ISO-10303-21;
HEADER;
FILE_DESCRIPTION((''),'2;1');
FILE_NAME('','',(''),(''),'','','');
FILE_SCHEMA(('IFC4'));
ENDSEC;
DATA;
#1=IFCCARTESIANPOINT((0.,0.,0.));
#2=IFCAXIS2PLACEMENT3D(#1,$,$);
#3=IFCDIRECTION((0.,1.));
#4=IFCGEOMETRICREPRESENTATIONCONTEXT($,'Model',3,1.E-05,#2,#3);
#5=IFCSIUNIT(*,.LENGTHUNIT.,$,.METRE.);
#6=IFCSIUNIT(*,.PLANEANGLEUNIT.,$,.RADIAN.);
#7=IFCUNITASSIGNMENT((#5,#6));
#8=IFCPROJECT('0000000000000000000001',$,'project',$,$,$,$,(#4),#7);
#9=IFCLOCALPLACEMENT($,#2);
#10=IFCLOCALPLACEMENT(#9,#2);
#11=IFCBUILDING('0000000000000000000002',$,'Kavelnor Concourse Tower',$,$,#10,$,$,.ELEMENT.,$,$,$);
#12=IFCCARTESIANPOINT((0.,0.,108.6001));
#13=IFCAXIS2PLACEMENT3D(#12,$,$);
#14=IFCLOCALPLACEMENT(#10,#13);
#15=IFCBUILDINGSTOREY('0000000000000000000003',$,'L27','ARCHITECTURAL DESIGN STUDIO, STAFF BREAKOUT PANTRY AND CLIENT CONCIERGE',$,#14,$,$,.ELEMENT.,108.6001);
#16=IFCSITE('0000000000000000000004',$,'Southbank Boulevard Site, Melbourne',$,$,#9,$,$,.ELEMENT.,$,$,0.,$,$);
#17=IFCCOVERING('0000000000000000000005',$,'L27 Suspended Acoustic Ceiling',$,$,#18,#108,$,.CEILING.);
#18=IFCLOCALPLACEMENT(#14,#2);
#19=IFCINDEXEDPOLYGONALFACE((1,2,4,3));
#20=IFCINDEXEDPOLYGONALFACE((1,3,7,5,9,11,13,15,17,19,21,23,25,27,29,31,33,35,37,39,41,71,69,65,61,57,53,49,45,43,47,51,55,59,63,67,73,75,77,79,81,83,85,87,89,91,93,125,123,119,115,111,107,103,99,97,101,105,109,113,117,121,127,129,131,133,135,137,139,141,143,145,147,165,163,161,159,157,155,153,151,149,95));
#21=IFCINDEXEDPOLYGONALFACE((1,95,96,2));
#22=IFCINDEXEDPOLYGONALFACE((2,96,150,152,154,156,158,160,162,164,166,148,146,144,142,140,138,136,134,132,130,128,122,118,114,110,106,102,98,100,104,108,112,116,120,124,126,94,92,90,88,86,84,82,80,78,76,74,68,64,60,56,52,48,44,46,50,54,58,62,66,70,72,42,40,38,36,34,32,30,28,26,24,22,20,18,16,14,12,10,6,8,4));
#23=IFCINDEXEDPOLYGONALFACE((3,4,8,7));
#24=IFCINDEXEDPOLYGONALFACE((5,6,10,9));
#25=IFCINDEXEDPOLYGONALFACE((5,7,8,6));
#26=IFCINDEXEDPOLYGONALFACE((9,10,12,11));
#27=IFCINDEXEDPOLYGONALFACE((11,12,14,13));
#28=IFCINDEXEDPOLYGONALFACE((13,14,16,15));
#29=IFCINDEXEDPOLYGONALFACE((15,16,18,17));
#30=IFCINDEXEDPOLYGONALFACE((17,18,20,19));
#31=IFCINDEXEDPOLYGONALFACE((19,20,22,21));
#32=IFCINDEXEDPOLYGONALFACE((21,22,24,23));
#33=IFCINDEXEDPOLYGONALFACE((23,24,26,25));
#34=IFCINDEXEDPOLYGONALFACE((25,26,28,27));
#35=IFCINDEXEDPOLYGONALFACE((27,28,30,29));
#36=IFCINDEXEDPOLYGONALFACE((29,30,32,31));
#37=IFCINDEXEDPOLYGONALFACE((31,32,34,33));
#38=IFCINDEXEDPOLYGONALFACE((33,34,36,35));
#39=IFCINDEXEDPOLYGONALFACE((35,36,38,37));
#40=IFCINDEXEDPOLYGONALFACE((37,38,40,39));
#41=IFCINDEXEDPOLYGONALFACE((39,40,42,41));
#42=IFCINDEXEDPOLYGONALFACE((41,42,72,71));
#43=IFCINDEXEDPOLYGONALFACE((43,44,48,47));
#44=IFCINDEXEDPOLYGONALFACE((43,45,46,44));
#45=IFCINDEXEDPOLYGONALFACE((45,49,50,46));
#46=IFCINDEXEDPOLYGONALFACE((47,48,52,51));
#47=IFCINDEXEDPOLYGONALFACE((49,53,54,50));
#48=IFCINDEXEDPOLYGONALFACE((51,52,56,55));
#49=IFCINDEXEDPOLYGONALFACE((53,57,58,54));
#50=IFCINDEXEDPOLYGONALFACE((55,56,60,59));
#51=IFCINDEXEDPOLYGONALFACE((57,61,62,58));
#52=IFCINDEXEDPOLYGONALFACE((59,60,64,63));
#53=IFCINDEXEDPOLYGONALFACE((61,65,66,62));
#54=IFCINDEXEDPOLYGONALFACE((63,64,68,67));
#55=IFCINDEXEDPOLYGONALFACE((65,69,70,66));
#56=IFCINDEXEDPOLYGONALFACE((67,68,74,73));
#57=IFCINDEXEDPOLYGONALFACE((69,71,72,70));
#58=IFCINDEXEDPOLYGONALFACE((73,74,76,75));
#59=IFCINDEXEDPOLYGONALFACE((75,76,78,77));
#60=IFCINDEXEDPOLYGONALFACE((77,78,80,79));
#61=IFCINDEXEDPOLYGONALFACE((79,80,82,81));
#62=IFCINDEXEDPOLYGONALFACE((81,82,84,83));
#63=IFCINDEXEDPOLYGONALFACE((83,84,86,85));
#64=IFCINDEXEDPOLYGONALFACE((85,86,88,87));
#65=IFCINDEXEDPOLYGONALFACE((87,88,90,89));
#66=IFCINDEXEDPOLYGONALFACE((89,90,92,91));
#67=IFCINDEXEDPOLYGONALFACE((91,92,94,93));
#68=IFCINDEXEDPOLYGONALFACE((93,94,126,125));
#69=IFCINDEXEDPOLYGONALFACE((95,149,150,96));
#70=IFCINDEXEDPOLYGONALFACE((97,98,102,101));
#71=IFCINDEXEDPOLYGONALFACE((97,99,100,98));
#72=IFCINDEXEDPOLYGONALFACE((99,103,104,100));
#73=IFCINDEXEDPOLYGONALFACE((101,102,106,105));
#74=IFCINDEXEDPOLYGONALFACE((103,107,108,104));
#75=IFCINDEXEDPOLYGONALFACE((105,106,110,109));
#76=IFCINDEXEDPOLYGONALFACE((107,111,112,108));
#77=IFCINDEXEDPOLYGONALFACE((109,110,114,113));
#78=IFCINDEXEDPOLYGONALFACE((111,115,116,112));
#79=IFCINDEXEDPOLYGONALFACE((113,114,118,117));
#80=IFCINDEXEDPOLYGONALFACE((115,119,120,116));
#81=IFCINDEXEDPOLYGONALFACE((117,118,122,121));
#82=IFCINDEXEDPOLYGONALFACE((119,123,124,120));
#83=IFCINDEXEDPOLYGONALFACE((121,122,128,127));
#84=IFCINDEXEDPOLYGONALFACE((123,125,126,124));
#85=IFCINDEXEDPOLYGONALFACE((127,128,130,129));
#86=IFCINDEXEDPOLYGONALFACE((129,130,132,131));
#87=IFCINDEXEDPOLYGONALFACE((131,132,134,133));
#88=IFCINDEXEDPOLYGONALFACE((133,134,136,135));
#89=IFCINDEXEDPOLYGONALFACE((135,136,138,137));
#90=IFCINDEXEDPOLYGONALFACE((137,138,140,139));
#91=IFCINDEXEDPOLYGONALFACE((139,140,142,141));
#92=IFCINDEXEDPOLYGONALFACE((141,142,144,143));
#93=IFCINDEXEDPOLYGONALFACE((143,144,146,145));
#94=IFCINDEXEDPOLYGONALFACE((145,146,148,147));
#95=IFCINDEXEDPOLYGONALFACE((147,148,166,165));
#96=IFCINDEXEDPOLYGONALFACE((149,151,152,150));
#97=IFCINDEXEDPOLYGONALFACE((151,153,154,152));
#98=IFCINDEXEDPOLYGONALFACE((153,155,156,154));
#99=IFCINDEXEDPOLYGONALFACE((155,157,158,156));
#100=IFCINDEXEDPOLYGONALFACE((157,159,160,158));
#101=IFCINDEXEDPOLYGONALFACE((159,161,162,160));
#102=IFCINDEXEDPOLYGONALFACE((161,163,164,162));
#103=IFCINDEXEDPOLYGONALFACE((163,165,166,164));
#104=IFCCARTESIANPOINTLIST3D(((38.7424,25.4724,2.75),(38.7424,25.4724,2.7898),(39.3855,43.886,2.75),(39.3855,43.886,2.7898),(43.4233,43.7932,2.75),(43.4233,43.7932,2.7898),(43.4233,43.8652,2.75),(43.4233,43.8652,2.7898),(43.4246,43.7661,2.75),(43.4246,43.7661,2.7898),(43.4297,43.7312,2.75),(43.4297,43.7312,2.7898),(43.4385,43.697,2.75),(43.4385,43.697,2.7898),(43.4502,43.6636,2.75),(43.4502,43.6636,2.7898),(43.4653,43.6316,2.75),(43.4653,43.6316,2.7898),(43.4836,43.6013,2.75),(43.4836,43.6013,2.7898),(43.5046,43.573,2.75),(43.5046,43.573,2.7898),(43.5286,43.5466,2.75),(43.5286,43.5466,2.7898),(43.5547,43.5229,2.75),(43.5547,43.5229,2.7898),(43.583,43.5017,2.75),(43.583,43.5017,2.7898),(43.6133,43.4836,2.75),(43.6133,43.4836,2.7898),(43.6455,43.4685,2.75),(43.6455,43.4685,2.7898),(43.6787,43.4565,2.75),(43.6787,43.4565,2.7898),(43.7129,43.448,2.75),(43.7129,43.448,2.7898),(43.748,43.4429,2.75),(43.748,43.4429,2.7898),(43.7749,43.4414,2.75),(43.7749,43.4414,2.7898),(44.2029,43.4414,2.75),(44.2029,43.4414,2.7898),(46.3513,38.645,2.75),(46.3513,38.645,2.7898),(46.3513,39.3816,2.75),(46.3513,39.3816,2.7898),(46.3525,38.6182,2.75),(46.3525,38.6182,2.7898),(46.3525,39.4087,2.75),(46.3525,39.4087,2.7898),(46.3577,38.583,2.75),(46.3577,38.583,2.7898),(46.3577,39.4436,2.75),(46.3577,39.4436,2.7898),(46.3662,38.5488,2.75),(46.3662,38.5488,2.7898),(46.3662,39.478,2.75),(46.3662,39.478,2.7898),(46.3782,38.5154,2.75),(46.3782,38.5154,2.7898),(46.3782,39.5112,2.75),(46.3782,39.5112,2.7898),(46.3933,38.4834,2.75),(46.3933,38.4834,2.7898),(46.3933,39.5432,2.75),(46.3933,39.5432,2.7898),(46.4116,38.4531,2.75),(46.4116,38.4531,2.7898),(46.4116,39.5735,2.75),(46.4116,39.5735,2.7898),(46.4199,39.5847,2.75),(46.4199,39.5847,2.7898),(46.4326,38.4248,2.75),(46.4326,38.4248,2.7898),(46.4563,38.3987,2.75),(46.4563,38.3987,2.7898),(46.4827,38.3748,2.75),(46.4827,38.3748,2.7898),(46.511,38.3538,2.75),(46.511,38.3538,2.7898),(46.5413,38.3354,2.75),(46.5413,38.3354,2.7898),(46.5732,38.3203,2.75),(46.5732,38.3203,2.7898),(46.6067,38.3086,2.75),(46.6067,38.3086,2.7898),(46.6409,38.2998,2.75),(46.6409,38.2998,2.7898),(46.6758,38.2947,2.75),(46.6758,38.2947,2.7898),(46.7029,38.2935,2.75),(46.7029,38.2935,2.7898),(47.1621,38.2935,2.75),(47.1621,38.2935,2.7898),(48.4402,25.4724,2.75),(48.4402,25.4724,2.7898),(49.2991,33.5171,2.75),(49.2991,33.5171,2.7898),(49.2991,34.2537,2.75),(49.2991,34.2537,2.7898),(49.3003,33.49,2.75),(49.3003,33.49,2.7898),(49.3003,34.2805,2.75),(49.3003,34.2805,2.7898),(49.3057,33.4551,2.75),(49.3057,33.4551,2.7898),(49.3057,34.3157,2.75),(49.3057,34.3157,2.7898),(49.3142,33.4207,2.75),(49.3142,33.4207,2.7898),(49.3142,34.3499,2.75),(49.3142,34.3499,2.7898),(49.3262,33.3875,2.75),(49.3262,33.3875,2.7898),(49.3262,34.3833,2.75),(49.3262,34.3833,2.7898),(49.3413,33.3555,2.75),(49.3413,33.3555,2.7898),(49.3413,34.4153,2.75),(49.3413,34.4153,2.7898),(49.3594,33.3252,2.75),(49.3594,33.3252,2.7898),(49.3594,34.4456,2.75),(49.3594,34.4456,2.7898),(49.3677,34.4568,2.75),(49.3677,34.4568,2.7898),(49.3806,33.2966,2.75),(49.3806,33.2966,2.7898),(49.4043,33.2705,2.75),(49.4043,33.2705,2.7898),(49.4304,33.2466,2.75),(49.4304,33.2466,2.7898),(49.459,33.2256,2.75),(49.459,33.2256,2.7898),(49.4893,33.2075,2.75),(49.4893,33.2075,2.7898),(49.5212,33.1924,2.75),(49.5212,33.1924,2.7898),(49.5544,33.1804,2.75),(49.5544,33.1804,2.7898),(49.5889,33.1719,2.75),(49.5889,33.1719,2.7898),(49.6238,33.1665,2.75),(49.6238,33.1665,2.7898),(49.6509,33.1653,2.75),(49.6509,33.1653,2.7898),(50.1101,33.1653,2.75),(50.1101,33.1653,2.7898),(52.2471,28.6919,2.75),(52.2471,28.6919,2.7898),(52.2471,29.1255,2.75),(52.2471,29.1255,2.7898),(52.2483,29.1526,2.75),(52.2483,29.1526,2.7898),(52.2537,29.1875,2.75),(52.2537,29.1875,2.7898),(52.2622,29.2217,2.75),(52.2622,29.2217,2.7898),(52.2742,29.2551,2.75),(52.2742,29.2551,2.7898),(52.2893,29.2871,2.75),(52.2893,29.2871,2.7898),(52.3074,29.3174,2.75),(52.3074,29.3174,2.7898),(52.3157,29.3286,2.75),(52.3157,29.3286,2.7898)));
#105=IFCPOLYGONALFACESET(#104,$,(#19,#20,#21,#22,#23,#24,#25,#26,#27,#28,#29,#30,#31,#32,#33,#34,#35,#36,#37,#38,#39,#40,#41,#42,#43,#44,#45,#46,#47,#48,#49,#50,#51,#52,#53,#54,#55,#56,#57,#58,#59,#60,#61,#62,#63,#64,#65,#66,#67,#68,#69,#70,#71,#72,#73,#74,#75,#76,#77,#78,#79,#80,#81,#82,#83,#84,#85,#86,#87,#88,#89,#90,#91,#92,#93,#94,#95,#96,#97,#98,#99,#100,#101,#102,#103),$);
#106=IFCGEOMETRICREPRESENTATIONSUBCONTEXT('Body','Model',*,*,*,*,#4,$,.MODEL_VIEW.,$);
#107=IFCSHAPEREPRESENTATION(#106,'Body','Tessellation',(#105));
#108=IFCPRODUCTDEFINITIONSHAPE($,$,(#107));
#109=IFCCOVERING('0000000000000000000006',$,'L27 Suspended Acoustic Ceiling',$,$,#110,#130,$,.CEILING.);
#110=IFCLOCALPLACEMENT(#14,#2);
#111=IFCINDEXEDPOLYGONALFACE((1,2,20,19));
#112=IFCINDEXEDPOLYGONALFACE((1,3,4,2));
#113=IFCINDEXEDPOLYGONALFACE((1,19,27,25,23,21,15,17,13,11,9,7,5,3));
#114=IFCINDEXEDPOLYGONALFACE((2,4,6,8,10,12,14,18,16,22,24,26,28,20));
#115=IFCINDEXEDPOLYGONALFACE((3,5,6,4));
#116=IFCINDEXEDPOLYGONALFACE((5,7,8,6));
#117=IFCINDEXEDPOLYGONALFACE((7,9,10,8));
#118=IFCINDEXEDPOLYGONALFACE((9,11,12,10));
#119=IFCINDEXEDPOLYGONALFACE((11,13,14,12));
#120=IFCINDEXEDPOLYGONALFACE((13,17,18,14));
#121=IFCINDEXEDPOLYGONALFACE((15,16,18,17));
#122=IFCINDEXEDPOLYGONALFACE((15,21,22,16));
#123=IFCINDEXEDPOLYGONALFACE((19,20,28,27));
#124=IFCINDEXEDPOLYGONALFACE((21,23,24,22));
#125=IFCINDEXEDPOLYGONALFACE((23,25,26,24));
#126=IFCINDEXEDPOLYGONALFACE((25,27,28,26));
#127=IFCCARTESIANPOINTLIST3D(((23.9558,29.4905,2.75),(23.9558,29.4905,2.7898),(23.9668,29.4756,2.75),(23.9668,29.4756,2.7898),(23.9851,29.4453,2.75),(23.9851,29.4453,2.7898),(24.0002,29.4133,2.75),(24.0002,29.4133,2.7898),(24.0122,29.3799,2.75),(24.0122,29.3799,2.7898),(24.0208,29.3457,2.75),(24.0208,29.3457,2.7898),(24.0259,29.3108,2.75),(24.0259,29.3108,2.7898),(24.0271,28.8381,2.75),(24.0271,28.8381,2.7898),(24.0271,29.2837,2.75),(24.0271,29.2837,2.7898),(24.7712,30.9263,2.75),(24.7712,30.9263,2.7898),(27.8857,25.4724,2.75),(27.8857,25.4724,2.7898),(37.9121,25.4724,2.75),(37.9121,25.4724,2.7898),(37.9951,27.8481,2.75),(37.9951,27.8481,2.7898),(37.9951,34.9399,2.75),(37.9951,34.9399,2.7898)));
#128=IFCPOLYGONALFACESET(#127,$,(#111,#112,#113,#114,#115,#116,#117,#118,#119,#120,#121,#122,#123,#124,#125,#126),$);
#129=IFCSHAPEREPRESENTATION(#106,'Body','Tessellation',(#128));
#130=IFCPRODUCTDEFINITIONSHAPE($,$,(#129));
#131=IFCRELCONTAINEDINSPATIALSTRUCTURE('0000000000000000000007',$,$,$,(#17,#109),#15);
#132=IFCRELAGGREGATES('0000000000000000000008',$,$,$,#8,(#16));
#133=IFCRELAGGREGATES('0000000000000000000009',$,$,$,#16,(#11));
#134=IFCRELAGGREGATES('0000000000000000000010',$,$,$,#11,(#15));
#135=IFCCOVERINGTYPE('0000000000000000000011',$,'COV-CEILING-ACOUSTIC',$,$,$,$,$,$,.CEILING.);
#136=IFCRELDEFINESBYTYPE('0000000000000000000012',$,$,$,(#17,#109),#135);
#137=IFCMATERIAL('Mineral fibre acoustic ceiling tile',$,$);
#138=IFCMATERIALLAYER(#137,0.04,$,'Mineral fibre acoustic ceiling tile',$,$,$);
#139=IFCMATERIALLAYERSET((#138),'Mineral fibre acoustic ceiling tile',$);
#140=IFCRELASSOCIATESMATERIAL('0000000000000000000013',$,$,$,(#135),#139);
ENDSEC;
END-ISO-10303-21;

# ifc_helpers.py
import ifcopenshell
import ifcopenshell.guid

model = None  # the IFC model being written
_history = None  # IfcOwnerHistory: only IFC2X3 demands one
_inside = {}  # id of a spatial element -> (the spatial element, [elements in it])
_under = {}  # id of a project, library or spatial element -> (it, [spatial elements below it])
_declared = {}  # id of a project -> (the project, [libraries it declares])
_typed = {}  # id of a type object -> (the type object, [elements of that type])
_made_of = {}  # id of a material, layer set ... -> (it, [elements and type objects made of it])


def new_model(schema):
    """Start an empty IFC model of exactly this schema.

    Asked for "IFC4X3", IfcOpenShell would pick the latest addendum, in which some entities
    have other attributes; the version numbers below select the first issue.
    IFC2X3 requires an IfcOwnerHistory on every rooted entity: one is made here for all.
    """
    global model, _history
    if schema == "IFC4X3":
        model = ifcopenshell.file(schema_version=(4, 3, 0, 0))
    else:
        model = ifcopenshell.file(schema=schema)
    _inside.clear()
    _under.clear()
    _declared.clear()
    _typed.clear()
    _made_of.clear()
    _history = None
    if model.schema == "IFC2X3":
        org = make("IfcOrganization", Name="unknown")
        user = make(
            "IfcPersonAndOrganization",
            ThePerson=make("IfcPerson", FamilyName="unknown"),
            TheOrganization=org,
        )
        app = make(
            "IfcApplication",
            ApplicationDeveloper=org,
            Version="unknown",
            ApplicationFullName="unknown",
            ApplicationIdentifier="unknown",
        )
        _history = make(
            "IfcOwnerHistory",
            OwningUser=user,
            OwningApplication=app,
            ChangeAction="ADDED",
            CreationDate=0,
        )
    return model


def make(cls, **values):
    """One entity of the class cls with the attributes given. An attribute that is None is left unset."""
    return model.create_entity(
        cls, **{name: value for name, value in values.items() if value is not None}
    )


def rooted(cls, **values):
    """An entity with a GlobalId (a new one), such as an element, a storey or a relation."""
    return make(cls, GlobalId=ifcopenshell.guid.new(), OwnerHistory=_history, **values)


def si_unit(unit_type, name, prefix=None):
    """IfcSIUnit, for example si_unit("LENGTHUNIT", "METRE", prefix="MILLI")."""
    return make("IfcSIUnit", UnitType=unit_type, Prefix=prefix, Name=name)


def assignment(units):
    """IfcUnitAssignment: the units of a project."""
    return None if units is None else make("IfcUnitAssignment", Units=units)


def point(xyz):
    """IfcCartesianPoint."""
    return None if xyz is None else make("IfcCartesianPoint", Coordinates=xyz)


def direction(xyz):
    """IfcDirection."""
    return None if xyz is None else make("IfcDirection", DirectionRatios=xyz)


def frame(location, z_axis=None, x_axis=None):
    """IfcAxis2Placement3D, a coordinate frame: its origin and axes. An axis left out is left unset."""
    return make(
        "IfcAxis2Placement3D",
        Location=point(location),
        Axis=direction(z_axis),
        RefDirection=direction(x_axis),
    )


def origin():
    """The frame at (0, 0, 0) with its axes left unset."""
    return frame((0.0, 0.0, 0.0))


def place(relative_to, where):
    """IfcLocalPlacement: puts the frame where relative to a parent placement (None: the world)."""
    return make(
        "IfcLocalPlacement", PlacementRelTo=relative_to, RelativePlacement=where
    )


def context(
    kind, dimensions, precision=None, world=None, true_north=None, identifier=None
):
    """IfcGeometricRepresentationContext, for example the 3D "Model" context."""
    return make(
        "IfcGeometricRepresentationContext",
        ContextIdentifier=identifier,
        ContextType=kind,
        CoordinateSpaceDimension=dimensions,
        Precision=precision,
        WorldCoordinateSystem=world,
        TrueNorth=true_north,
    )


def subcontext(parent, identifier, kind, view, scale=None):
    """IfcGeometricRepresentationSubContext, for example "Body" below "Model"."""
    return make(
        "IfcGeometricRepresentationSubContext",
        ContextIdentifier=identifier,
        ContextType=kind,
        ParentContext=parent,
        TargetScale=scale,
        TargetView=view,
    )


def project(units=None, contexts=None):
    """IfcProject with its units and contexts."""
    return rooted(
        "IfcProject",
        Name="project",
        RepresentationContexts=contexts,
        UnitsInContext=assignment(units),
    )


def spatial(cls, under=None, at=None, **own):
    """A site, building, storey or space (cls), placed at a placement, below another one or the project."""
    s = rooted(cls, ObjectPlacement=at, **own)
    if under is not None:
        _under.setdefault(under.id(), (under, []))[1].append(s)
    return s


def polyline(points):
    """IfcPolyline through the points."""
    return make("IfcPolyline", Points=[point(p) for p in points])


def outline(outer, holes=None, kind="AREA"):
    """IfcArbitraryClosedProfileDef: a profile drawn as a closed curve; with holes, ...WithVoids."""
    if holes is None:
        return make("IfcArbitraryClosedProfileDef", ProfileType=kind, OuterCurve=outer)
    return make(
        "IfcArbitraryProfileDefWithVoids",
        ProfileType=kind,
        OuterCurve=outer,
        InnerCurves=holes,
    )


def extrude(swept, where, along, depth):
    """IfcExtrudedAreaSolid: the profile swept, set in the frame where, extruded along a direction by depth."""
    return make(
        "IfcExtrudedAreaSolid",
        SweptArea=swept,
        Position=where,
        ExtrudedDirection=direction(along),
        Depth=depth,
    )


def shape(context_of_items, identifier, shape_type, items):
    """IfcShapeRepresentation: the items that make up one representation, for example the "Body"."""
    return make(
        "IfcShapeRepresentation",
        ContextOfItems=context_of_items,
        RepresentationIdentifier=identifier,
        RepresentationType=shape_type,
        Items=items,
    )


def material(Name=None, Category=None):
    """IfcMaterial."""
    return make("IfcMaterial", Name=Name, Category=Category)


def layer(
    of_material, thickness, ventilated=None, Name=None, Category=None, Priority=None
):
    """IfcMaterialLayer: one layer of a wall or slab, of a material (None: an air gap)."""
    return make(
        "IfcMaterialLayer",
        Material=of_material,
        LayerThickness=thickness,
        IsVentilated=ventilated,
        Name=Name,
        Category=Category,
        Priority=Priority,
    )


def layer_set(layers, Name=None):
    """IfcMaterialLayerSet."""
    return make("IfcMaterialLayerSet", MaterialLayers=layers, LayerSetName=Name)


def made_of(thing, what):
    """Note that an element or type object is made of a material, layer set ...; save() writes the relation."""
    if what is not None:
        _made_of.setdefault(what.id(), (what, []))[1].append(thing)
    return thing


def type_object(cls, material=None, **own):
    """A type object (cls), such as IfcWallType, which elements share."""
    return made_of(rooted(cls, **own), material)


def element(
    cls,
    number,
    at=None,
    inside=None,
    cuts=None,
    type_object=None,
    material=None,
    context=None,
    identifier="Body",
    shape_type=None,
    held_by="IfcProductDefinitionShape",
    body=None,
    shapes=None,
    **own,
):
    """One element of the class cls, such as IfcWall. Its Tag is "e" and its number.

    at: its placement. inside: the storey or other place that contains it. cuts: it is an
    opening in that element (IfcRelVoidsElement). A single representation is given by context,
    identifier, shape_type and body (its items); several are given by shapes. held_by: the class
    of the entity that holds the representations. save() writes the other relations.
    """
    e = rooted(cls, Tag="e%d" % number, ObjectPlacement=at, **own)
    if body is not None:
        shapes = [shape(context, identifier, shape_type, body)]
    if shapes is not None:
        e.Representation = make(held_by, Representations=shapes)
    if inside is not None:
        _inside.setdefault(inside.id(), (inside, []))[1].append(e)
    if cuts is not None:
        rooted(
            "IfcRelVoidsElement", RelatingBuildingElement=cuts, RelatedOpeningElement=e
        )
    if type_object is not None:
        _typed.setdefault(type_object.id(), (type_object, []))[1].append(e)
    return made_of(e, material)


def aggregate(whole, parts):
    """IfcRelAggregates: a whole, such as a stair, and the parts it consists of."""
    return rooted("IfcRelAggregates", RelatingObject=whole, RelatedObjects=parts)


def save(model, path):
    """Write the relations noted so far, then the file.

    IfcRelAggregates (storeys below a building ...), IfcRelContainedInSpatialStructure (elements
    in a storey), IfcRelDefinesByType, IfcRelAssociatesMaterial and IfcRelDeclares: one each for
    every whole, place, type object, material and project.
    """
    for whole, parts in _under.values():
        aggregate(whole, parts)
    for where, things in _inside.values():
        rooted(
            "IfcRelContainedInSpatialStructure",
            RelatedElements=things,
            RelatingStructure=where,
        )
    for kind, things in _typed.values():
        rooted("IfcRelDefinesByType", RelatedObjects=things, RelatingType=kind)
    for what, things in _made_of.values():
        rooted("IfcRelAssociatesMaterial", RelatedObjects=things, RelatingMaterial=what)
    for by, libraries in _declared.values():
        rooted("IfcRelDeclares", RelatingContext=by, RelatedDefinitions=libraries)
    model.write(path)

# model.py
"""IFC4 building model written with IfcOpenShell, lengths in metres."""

from ifc_helpers import new_model, si_unit, direction, frame, origin, place, context, subcontext, project, spatial, polyline, outline, extrude, material, layer, layer_set, type_object, element, save


model = new_model("IFC4")

# Units and contexts
model_context = context("Model", 3, precision=1e-05, world=origin(), true_north=direction((0.0, 1.0)))
body_context = subcontext(model_context, "Body", "Model", "MODEL_VIEW")
ifc_project = project(units=[si_unit("LENGTHUNIT", "METRE"), si_unit("PLANEANGLEUNIT", "RADIAN")], contexts=[model_context])

# Site, building, storey
site_placement = place(None, origin())
site = spatial("IfcSite", under=ifc_project, at=site_placement, Name="Southbank Boulevard Site, Melbourne", CompositionType="ELEMENT", RefElevation=0.0)
building_placement = place(site_placement, origin())
building = spatial("IfcBuilding", under=site, at=building_placement, Name="Kavelnor Concourse Tower", CompositionType="ELEMENT")
storey_placement = place(building_placement, frame((0.0, 0.0, 108.6001)))
storey = spatial("IfcBuildingStorey", under=building, at=storey_placement, Name="L27", Description="ARCHITECTURAL DESIGN STUDIO, STAFF BREAKOUT PANTRY AND CLIENT CONCIERGE", CompositionType="ELEMENT", Elevation=108.6001)

# Coverings
ifc_material_1 = material(Name="Mineral fibre acoustic ceiling tile")
ifc_layer_1 = layer(ifc_material_1, 0.04, Name="Mineral fibre acoustic ceiling tile")
ifc_layer_set_1 = layer_set([ifc_layer_1], Name="Mineral fibre acoustic ceiling tile")
covering_type_1 = type_object("IfcCoveringType", Name="COV-CEILING-ACOUSTIC", PredefinedType="CEILING", material=ifc_layer_set_1)
covering_1_placement = place(storey_placement, frame((0.0, 0.0, 2.75)))
element("IfcCovering", 1, at=covering_1_placement, inside=storey, type_object=covering_type_1, Name="L27 Suspended Acoustic Ceiling", PredefinedType="CEILING", context=body_context, shape_type="SweptSolid", body=[
    extrude(outline(polyline([(46.3782, 39.5112), (46.3662, 39.478), (46.3577, 39.4436), (46.3525, 39.4087), (46.3513, 39.3816), (46.3513, 38.645), (46.3525, 38.6182), (46.3577, 38.583), (46.3662, 38.5488), (46.3782, 38.5154), (46.3933, 38.4834), (46.4116, 38.4531), (46.4326, 38.4248), (46.4563, 38.3987), (46.4827, 38.3748), (46.511, 38.3538), (46.5413, 38.3354), (46.5732, 38.3203), (46.6067, 38.3086), (46.6409, 38.2998), (46.6758, 38.2947), (46.7029, 38.2935), (47.1621, 38.2935), (49.3677, 34.4568), (49.3594, 34.4456), (49.3413, 34.4153), (49.3262, 34.3833), (49.3142, 34.3499), (49.3057, 34.3157), (49.3003, 34.2805), (49.2991, 34.2537), (49.2991, 33.5171), (49.3003, 33.49), (49.3057, 33.4551), (49.3142, 33.4207), (49.3262, 33.3875), (49.3413, 33.3555), (49.3594, 33.3252), (49.3806, 33.2966), (49.4043, 33.2705), (49.4304, 33.2466), (49.459, 33.2256), (49.4893, 33.2075), (49.5212, 33.1924), (49.5544, 33.1804), (49.5889, 33.1719), (49.6238, 33.1665), (49.6509, 33.1653), (50.1101, 33.1653), (52.3157, 29.3286), (52.3074, 29.3174), (52.2893, 29.2871), (52.2742, 29.2551), (52.2622, 29.2217), (52.2537, 29.1875), (52.2483, 29.1526), (52.2471, 29.1255), (52.2471, 28.6919), (48.4402, 25.4724), (38.7424, 25.4724), (39.3855, 43.886), (43.4233, 43.8652), (43.4233, 43.7932), (43.4246, 43.7661), (43.4297, 43.7312), (43.4385, 43.697), (43.4502, 43.6636), (43.4653, 43.6316), (43.4836, 43.6013), (43.5046, 43.573), (43.5286, 43.5466), (43.5547, 43.5229), (43.583, 43.5017), (43.6133, 43.4836), (43.6455, 43.4685), (43.6787, 43.4565), (43.7129, 43.448), (43.748, 43.4429), (43.7749, 43.4414), (44.2029, 43.4414), (46.4199, 39.5847), (46.4116, 39.5735), (46.3933, 39.5432), (46.3782, 39.5112)])), origin(), (0.0, 0.0, 1.0), 0.0398),
])
covering_2_placement = place(storey_placement, frame((0.0, 0.0, 2.75)))
element("IfcCovering", 2, at=covering_2_placement, inside=storey, type_object=covering_type_1, Name="L27 Suspended Acoustic Ceiling", PredefinedType="CEILING", context=body_context, shape_type="SweptSolid", body=[
    extrude(outline(polyline([(37.9951, 27.8481), (37.9121, 25.4724), (27.8857, 25.4724), (24.0271, 28.8381), (24.0271, 29.2837), (24.0259, 29.3108), (24.0208, 29.3457), (24.0122, 29.3799), (24.0002, 29.4133), (23.9851, 29.4453), (23.9668, 29.4756), (23.9558, 29.4905), (24.7712, 30.9263), (37.9951, 34.9399), (37.9951, 27.8481)])), origin(), (0.0, 0.0, 1.0), 0.0398),
])

save(model, "model.ifc")
